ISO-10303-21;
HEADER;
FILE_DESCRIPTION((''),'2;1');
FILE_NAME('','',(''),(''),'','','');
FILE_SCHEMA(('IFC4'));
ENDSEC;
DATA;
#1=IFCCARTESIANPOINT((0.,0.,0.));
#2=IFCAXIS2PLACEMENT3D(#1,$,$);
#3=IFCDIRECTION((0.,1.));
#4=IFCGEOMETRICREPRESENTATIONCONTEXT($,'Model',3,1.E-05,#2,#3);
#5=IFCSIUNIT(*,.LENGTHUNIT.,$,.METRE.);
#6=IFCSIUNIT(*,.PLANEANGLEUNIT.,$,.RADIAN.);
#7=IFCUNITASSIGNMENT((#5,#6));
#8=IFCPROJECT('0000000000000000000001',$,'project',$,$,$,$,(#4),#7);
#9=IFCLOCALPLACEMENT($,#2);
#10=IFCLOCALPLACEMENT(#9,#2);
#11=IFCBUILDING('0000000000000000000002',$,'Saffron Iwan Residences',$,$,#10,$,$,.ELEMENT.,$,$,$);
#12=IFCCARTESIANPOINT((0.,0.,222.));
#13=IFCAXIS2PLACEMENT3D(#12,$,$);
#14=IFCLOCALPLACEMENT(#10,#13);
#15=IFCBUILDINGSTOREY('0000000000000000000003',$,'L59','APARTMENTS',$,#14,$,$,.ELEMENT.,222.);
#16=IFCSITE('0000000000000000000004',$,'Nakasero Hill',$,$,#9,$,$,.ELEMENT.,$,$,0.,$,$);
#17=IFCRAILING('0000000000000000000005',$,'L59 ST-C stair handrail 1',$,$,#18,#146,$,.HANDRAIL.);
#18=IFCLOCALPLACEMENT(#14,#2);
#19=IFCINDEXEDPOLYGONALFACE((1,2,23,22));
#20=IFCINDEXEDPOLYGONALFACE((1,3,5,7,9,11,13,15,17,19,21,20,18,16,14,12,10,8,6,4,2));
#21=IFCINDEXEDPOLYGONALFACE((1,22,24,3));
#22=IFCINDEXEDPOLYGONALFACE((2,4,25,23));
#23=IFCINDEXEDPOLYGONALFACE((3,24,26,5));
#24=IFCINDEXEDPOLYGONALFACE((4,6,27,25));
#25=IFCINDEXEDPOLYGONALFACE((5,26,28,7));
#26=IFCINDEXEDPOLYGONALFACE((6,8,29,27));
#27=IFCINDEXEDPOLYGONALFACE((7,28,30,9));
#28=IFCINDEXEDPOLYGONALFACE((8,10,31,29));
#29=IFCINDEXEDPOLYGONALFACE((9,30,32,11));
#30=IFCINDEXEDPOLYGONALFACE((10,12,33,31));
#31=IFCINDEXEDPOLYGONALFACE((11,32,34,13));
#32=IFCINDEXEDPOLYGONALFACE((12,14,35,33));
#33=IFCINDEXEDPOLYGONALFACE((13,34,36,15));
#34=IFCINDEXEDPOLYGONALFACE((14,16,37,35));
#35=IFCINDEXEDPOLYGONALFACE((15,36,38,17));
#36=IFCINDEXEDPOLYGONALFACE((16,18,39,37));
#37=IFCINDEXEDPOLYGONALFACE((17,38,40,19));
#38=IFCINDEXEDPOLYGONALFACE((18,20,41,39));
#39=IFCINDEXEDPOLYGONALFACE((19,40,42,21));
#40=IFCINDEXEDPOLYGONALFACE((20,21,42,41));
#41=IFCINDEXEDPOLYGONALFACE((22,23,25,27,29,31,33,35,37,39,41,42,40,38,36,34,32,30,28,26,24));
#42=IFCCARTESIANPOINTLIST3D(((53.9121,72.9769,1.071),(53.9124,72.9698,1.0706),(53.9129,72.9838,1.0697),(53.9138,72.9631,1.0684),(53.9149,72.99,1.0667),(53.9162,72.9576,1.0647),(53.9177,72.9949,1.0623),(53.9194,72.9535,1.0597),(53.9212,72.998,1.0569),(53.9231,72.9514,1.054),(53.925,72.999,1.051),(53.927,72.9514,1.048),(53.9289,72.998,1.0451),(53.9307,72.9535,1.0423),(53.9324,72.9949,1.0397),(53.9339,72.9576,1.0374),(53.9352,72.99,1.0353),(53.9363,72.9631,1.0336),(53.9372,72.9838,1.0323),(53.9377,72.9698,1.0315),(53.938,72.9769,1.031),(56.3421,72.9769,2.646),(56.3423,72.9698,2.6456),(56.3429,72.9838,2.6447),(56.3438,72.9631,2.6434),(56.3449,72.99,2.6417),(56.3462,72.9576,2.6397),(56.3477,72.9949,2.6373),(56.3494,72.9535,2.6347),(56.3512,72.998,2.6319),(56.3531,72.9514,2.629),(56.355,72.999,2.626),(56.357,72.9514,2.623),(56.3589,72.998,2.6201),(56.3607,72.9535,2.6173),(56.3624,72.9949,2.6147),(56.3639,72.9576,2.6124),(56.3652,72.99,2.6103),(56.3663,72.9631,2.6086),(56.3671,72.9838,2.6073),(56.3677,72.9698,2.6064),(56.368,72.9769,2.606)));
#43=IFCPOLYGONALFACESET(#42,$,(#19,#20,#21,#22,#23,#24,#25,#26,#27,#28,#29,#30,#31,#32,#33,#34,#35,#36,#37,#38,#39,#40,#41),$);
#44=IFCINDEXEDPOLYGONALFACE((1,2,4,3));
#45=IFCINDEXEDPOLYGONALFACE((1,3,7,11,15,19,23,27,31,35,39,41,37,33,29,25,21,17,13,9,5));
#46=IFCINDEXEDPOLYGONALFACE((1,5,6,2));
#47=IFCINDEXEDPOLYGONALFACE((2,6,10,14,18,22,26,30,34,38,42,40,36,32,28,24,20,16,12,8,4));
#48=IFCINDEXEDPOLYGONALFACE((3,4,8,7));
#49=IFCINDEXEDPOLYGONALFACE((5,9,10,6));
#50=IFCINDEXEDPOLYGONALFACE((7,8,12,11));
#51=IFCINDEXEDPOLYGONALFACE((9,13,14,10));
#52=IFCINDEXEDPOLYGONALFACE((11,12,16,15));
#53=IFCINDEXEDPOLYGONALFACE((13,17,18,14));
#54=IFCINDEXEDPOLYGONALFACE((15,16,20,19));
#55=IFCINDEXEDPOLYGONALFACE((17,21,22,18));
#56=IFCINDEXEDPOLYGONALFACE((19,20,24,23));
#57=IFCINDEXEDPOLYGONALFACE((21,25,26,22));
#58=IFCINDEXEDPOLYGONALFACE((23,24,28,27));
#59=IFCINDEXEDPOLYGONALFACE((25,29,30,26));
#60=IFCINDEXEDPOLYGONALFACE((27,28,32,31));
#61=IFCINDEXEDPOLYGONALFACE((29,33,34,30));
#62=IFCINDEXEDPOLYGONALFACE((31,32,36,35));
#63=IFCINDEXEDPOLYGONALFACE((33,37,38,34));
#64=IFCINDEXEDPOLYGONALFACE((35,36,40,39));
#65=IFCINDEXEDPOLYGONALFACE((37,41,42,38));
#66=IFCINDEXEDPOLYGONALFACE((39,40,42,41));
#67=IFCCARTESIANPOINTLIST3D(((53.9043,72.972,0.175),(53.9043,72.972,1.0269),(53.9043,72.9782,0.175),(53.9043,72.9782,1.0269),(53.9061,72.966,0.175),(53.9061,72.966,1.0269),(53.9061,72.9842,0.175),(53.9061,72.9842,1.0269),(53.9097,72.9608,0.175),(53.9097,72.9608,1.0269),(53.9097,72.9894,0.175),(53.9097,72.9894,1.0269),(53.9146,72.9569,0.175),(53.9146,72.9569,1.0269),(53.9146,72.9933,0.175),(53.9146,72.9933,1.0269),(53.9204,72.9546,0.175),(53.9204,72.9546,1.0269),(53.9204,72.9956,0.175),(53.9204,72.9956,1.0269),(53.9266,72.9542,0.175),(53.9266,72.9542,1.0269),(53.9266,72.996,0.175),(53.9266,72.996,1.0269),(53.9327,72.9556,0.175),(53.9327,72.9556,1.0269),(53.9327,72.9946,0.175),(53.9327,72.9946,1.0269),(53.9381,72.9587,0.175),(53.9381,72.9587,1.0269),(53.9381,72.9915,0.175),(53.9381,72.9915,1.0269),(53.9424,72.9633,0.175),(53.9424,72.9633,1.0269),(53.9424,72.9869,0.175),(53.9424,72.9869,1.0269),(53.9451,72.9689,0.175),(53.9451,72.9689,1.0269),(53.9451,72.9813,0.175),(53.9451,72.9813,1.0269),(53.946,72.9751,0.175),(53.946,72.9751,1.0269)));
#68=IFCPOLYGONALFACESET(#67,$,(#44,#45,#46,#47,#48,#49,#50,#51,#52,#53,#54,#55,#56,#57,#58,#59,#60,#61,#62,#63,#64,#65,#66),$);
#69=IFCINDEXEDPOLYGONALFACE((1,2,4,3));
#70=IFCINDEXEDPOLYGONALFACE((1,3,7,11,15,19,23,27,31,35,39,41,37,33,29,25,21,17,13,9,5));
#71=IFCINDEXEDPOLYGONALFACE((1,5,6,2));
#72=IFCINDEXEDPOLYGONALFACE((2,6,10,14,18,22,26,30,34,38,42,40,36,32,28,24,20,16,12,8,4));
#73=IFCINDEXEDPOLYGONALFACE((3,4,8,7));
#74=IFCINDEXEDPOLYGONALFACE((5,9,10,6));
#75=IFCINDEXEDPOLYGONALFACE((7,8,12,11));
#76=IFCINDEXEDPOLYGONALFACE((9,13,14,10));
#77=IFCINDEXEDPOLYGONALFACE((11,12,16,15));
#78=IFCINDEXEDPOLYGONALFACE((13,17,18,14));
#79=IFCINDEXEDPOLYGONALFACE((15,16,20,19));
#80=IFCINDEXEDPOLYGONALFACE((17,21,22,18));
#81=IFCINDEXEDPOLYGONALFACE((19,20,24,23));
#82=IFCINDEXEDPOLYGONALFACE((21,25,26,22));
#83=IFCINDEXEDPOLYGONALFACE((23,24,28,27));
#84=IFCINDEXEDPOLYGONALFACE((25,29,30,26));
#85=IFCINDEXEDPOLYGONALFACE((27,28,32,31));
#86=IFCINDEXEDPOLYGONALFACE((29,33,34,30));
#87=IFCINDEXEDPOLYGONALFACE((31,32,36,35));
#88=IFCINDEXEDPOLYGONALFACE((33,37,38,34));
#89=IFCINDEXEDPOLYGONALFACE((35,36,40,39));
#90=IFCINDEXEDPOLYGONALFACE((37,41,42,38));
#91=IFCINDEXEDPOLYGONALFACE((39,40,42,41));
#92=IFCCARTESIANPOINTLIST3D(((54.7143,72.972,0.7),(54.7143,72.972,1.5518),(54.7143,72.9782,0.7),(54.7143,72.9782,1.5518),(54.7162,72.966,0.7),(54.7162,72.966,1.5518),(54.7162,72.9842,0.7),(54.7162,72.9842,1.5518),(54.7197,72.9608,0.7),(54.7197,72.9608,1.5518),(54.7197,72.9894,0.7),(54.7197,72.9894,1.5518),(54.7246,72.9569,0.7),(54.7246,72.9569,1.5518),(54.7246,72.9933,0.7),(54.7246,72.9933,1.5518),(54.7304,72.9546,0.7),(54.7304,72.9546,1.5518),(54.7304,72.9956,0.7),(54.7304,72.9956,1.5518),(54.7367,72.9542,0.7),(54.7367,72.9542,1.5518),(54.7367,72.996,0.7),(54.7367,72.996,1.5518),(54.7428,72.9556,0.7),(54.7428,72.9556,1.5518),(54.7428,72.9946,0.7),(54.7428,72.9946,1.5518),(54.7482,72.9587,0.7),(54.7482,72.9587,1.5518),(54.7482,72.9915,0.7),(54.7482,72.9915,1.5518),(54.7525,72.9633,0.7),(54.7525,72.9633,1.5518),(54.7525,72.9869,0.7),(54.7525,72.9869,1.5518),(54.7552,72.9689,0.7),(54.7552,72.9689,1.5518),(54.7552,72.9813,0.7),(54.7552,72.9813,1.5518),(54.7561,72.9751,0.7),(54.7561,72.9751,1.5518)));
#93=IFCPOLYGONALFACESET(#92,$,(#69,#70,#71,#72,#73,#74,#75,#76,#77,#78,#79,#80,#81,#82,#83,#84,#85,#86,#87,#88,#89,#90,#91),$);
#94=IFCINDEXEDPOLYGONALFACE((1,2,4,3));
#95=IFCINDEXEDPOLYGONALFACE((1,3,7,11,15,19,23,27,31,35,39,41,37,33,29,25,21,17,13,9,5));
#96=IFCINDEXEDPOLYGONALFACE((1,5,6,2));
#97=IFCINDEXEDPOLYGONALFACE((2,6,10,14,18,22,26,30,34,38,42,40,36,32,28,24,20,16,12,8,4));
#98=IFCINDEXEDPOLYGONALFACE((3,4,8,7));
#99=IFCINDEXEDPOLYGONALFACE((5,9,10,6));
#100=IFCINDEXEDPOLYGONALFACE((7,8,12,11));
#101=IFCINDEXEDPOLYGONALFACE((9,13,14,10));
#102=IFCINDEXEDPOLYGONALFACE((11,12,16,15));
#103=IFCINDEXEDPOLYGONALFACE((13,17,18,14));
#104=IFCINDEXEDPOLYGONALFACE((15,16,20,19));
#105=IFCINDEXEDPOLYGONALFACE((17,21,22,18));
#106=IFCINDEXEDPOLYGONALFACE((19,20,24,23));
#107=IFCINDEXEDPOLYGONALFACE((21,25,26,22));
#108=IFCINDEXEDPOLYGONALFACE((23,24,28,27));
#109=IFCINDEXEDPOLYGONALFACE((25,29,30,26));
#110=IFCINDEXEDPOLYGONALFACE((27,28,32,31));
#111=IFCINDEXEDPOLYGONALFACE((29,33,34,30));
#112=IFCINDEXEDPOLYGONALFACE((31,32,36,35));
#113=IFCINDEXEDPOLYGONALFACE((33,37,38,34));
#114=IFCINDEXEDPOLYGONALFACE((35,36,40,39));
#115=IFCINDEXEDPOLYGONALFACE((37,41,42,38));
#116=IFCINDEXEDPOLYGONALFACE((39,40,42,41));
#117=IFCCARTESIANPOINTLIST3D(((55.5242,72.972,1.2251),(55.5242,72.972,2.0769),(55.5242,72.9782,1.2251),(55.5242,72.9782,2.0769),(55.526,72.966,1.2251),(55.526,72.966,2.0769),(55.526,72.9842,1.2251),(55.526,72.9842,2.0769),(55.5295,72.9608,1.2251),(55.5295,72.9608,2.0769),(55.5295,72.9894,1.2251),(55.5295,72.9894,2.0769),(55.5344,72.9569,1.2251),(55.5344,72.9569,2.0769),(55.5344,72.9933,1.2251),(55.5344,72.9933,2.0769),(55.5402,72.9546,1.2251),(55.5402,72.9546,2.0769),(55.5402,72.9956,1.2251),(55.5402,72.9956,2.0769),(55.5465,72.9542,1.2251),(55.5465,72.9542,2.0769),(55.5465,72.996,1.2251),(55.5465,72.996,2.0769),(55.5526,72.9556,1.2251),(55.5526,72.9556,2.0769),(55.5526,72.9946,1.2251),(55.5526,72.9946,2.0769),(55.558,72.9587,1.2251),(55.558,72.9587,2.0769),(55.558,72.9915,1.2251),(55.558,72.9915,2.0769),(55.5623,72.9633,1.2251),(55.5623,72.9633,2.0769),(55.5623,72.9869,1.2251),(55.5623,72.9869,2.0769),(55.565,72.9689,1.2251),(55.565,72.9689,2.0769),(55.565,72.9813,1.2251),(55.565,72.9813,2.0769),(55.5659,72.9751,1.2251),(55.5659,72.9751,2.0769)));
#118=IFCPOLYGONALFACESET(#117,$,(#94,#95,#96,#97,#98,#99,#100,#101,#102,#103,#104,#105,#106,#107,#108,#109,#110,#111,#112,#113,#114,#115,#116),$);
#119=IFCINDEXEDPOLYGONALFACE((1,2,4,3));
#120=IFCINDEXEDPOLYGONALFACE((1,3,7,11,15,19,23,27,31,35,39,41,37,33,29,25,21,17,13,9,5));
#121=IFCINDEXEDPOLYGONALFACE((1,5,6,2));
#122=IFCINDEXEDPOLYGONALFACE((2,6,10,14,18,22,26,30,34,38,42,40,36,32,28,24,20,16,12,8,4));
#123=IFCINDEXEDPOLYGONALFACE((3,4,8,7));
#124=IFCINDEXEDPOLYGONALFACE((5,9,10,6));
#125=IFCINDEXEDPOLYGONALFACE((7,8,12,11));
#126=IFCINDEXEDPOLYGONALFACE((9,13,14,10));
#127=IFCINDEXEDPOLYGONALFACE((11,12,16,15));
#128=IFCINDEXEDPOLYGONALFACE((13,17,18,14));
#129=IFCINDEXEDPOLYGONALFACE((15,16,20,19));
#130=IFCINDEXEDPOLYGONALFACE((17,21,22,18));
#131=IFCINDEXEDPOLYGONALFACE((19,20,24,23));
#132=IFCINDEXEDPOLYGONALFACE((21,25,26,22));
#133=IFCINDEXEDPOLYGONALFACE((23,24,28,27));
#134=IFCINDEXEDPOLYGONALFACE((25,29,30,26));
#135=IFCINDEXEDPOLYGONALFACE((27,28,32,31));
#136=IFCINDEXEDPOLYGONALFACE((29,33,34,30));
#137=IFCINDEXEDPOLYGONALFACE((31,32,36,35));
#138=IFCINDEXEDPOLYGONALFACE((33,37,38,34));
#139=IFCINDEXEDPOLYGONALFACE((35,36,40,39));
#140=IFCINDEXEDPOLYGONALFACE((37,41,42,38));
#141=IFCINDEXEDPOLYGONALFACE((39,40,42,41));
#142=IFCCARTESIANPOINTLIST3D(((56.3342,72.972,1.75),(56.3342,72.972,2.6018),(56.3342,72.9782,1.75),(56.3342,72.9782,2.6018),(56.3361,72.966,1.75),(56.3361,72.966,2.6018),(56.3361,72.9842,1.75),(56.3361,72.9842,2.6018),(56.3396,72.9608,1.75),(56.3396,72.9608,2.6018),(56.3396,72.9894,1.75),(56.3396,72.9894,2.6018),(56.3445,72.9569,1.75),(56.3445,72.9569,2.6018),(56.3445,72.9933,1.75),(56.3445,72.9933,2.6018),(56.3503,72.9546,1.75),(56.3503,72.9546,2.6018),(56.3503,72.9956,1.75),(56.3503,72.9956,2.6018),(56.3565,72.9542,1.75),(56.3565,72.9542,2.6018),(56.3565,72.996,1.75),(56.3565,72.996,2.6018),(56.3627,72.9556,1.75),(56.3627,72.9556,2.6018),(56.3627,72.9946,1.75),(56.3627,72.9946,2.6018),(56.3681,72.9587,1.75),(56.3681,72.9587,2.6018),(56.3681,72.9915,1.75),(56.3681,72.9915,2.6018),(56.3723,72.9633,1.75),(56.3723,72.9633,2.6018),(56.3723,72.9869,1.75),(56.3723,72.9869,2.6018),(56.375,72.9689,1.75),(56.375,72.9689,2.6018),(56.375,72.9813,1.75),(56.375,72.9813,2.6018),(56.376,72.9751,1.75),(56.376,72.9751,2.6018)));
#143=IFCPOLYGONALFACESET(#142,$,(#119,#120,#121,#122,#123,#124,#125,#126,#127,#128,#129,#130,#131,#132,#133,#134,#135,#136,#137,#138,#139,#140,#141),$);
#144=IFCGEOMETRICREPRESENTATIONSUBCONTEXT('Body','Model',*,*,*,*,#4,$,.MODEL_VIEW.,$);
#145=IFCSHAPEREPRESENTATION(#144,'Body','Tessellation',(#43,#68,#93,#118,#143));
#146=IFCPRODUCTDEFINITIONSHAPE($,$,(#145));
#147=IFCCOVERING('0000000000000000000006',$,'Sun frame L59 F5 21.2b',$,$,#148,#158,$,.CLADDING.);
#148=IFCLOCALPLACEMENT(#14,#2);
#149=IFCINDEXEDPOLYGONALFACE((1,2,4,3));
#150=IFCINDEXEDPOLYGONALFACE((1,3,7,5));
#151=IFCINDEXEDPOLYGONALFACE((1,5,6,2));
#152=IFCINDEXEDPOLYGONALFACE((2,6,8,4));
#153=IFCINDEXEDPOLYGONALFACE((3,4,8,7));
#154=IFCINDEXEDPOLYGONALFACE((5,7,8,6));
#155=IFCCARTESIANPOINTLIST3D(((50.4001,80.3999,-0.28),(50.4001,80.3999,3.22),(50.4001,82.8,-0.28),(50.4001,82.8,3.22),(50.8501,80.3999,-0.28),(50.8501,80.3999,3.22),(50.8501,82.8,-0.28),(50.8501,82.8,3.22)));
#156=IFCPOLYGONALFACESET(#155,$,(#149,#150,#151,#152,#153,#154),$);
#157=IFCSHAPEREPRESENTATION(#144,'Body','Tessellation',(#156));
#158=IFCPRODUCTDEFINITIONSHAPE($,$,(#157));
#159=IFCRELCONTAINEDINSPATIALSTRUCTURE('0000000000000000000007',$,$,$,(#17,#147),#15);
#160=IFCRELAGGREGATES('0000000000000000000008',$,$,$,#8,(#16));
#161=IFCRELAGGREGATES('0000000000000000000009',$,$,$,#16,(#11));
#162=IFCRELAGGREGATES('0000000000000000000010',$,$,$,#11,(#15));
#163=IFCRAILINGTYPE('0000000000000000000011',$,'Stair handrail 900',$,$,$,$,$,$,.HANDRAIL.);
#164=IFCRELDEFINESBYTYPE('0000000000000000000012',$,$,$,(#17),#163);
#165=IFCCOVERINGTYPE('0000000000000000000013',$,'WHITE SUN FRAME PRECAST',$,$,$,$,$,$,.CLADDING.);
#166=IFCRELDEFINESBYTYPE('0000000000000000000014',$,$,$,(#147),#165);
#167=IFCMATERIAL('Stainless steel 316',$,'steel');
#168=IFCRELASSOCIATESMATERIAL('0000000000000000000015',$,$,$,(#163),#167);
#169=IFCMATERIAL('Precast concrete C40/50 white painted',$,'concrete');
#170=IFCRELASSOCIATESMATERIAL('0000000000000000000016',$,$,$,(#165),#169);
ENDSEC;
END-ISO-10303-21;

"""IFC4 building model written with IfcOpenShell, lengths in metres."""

from ifc_helpers import new_model, si_unit, direction, frame, origin, origin_2d, place, context, subcontext, project, spatial, polyline, circle, outline, extrude, material, type_object, element, save


model = new_model("IFC4")

# Units and contexts
model_context = context("Model", 3, precision=1e-05, world=origin(), true_north=direction((0.0, 1.0)))
body_context = subcontext(model_context, "Body", "Model", "MODEL_VIEW")
ifc_project = project(units=[si_unit("LENGTHUNIT", "METRE"), si_unit("PLANEANGLEUNIT", "RADIAN")], contexts=[model_context])

# Site, building, storey
site_placement = place(None, origin())
site = spatial("IfcSite", under=ifc_project, at=site_placement, Name="Nakasero Hill", CompositionType="ELEMENT", RefElevation=0.0)
building_placement = place(site_placement, origin())
building = spatial("IfcBuilding", under=site, at=building_placement, Name="Saffron Iwan Residences", CompositionType="ELEMENT")
storey_placement = place(building_placement, frame((0.0, 0.0, 222.0)))
storey = spatial("IfcBuildingStorey", under=building, at=storey_placement, Name="L59", Description="APARTMENTS", CompositionType="ELEMENT", Elevation=222.0)

# Railing
ifc_material_1 = material(Name="Stainless steel 316", Category="steel")
railing_type_1 = type_object("IfcRailingType", Name="Stair handrail 900", PredefinedType="HANDRAIL", material=ifc_material_1)
railing_1_placement = place(storey_placement, frame((53.925, 72.9751, 0.175)))
element("IfcRailing", 1, at=railing_1_placement, inside=storey, type_object=railing_type_1, Name="L59 ST-C stair handrail 1", PredefinedType="HANDRAIL", context=body_context, shape_type="SweptSolid", body=[
    extrude(circle(Radius=0.0239, at=origin_2d()), frame((0.0, 0.0, 0.876), z_axis=(0.839154, 0.0, 0.543894), x_axis=(0.0, 1.0, 0.0)), (0.0, 0.0, 1.0), 2.8958),
    extrude(circle(Radius=0.021, at=origin_2d()), origin(), (0.0, 0.0, 1.0), 0.8518),
    extrude(circle(Radius=0.021, at=origin_2d()), frame((0.8101, 0.0, 0.5249)), (0.0, 0.0, 1.0), 0.8518),
    extrude(circle(Radius=0.021, at=origin_2d()), frame((1.6199, 0.0, 1.05)), (0.0, 0.0, 1.0), 0.8518),
    extrude(circle(Radius=0.021, at=origin_2d()), frame((2.4299, 0.0, 1.575)), (0.0, 0.0, 1.0), 0.8518),
])

# Covering
ifc_material_2 = material(Name="Precast concrete C40/50 white painted", Category="concrete")
covering_type_1 = type_object("IfcCoveringType", Name="WHITE SUN FRAME PRECAST", PredefinedType="CLADDING", material=ifc_material_2)
covering_1_placement = place(storey_placement, frame((50.8501, 80.3999, -0.28), z_axis=(0.0, 1.0, 0.0), x_axis=(-1.0, 0.0, 0.0)))
element("IfcCovering", 2, at=covering_1_placement, inside=storey, type_object=covering_type_1, Name="Sun frame L59 F5 21.2b", PredefinedType="CLADDING", context=body_context, shape_type="SweptSolid", body=[
    extrude(outline(polyline([(0.0, 0.0), (0.45, 0.0), (0.45, 3.5), (0.0, 3.5), (0.0, 0.0)])), origin(), (0.0, 0.0, 1.0), 2.4001),
])

save(model, "model.ifc")
